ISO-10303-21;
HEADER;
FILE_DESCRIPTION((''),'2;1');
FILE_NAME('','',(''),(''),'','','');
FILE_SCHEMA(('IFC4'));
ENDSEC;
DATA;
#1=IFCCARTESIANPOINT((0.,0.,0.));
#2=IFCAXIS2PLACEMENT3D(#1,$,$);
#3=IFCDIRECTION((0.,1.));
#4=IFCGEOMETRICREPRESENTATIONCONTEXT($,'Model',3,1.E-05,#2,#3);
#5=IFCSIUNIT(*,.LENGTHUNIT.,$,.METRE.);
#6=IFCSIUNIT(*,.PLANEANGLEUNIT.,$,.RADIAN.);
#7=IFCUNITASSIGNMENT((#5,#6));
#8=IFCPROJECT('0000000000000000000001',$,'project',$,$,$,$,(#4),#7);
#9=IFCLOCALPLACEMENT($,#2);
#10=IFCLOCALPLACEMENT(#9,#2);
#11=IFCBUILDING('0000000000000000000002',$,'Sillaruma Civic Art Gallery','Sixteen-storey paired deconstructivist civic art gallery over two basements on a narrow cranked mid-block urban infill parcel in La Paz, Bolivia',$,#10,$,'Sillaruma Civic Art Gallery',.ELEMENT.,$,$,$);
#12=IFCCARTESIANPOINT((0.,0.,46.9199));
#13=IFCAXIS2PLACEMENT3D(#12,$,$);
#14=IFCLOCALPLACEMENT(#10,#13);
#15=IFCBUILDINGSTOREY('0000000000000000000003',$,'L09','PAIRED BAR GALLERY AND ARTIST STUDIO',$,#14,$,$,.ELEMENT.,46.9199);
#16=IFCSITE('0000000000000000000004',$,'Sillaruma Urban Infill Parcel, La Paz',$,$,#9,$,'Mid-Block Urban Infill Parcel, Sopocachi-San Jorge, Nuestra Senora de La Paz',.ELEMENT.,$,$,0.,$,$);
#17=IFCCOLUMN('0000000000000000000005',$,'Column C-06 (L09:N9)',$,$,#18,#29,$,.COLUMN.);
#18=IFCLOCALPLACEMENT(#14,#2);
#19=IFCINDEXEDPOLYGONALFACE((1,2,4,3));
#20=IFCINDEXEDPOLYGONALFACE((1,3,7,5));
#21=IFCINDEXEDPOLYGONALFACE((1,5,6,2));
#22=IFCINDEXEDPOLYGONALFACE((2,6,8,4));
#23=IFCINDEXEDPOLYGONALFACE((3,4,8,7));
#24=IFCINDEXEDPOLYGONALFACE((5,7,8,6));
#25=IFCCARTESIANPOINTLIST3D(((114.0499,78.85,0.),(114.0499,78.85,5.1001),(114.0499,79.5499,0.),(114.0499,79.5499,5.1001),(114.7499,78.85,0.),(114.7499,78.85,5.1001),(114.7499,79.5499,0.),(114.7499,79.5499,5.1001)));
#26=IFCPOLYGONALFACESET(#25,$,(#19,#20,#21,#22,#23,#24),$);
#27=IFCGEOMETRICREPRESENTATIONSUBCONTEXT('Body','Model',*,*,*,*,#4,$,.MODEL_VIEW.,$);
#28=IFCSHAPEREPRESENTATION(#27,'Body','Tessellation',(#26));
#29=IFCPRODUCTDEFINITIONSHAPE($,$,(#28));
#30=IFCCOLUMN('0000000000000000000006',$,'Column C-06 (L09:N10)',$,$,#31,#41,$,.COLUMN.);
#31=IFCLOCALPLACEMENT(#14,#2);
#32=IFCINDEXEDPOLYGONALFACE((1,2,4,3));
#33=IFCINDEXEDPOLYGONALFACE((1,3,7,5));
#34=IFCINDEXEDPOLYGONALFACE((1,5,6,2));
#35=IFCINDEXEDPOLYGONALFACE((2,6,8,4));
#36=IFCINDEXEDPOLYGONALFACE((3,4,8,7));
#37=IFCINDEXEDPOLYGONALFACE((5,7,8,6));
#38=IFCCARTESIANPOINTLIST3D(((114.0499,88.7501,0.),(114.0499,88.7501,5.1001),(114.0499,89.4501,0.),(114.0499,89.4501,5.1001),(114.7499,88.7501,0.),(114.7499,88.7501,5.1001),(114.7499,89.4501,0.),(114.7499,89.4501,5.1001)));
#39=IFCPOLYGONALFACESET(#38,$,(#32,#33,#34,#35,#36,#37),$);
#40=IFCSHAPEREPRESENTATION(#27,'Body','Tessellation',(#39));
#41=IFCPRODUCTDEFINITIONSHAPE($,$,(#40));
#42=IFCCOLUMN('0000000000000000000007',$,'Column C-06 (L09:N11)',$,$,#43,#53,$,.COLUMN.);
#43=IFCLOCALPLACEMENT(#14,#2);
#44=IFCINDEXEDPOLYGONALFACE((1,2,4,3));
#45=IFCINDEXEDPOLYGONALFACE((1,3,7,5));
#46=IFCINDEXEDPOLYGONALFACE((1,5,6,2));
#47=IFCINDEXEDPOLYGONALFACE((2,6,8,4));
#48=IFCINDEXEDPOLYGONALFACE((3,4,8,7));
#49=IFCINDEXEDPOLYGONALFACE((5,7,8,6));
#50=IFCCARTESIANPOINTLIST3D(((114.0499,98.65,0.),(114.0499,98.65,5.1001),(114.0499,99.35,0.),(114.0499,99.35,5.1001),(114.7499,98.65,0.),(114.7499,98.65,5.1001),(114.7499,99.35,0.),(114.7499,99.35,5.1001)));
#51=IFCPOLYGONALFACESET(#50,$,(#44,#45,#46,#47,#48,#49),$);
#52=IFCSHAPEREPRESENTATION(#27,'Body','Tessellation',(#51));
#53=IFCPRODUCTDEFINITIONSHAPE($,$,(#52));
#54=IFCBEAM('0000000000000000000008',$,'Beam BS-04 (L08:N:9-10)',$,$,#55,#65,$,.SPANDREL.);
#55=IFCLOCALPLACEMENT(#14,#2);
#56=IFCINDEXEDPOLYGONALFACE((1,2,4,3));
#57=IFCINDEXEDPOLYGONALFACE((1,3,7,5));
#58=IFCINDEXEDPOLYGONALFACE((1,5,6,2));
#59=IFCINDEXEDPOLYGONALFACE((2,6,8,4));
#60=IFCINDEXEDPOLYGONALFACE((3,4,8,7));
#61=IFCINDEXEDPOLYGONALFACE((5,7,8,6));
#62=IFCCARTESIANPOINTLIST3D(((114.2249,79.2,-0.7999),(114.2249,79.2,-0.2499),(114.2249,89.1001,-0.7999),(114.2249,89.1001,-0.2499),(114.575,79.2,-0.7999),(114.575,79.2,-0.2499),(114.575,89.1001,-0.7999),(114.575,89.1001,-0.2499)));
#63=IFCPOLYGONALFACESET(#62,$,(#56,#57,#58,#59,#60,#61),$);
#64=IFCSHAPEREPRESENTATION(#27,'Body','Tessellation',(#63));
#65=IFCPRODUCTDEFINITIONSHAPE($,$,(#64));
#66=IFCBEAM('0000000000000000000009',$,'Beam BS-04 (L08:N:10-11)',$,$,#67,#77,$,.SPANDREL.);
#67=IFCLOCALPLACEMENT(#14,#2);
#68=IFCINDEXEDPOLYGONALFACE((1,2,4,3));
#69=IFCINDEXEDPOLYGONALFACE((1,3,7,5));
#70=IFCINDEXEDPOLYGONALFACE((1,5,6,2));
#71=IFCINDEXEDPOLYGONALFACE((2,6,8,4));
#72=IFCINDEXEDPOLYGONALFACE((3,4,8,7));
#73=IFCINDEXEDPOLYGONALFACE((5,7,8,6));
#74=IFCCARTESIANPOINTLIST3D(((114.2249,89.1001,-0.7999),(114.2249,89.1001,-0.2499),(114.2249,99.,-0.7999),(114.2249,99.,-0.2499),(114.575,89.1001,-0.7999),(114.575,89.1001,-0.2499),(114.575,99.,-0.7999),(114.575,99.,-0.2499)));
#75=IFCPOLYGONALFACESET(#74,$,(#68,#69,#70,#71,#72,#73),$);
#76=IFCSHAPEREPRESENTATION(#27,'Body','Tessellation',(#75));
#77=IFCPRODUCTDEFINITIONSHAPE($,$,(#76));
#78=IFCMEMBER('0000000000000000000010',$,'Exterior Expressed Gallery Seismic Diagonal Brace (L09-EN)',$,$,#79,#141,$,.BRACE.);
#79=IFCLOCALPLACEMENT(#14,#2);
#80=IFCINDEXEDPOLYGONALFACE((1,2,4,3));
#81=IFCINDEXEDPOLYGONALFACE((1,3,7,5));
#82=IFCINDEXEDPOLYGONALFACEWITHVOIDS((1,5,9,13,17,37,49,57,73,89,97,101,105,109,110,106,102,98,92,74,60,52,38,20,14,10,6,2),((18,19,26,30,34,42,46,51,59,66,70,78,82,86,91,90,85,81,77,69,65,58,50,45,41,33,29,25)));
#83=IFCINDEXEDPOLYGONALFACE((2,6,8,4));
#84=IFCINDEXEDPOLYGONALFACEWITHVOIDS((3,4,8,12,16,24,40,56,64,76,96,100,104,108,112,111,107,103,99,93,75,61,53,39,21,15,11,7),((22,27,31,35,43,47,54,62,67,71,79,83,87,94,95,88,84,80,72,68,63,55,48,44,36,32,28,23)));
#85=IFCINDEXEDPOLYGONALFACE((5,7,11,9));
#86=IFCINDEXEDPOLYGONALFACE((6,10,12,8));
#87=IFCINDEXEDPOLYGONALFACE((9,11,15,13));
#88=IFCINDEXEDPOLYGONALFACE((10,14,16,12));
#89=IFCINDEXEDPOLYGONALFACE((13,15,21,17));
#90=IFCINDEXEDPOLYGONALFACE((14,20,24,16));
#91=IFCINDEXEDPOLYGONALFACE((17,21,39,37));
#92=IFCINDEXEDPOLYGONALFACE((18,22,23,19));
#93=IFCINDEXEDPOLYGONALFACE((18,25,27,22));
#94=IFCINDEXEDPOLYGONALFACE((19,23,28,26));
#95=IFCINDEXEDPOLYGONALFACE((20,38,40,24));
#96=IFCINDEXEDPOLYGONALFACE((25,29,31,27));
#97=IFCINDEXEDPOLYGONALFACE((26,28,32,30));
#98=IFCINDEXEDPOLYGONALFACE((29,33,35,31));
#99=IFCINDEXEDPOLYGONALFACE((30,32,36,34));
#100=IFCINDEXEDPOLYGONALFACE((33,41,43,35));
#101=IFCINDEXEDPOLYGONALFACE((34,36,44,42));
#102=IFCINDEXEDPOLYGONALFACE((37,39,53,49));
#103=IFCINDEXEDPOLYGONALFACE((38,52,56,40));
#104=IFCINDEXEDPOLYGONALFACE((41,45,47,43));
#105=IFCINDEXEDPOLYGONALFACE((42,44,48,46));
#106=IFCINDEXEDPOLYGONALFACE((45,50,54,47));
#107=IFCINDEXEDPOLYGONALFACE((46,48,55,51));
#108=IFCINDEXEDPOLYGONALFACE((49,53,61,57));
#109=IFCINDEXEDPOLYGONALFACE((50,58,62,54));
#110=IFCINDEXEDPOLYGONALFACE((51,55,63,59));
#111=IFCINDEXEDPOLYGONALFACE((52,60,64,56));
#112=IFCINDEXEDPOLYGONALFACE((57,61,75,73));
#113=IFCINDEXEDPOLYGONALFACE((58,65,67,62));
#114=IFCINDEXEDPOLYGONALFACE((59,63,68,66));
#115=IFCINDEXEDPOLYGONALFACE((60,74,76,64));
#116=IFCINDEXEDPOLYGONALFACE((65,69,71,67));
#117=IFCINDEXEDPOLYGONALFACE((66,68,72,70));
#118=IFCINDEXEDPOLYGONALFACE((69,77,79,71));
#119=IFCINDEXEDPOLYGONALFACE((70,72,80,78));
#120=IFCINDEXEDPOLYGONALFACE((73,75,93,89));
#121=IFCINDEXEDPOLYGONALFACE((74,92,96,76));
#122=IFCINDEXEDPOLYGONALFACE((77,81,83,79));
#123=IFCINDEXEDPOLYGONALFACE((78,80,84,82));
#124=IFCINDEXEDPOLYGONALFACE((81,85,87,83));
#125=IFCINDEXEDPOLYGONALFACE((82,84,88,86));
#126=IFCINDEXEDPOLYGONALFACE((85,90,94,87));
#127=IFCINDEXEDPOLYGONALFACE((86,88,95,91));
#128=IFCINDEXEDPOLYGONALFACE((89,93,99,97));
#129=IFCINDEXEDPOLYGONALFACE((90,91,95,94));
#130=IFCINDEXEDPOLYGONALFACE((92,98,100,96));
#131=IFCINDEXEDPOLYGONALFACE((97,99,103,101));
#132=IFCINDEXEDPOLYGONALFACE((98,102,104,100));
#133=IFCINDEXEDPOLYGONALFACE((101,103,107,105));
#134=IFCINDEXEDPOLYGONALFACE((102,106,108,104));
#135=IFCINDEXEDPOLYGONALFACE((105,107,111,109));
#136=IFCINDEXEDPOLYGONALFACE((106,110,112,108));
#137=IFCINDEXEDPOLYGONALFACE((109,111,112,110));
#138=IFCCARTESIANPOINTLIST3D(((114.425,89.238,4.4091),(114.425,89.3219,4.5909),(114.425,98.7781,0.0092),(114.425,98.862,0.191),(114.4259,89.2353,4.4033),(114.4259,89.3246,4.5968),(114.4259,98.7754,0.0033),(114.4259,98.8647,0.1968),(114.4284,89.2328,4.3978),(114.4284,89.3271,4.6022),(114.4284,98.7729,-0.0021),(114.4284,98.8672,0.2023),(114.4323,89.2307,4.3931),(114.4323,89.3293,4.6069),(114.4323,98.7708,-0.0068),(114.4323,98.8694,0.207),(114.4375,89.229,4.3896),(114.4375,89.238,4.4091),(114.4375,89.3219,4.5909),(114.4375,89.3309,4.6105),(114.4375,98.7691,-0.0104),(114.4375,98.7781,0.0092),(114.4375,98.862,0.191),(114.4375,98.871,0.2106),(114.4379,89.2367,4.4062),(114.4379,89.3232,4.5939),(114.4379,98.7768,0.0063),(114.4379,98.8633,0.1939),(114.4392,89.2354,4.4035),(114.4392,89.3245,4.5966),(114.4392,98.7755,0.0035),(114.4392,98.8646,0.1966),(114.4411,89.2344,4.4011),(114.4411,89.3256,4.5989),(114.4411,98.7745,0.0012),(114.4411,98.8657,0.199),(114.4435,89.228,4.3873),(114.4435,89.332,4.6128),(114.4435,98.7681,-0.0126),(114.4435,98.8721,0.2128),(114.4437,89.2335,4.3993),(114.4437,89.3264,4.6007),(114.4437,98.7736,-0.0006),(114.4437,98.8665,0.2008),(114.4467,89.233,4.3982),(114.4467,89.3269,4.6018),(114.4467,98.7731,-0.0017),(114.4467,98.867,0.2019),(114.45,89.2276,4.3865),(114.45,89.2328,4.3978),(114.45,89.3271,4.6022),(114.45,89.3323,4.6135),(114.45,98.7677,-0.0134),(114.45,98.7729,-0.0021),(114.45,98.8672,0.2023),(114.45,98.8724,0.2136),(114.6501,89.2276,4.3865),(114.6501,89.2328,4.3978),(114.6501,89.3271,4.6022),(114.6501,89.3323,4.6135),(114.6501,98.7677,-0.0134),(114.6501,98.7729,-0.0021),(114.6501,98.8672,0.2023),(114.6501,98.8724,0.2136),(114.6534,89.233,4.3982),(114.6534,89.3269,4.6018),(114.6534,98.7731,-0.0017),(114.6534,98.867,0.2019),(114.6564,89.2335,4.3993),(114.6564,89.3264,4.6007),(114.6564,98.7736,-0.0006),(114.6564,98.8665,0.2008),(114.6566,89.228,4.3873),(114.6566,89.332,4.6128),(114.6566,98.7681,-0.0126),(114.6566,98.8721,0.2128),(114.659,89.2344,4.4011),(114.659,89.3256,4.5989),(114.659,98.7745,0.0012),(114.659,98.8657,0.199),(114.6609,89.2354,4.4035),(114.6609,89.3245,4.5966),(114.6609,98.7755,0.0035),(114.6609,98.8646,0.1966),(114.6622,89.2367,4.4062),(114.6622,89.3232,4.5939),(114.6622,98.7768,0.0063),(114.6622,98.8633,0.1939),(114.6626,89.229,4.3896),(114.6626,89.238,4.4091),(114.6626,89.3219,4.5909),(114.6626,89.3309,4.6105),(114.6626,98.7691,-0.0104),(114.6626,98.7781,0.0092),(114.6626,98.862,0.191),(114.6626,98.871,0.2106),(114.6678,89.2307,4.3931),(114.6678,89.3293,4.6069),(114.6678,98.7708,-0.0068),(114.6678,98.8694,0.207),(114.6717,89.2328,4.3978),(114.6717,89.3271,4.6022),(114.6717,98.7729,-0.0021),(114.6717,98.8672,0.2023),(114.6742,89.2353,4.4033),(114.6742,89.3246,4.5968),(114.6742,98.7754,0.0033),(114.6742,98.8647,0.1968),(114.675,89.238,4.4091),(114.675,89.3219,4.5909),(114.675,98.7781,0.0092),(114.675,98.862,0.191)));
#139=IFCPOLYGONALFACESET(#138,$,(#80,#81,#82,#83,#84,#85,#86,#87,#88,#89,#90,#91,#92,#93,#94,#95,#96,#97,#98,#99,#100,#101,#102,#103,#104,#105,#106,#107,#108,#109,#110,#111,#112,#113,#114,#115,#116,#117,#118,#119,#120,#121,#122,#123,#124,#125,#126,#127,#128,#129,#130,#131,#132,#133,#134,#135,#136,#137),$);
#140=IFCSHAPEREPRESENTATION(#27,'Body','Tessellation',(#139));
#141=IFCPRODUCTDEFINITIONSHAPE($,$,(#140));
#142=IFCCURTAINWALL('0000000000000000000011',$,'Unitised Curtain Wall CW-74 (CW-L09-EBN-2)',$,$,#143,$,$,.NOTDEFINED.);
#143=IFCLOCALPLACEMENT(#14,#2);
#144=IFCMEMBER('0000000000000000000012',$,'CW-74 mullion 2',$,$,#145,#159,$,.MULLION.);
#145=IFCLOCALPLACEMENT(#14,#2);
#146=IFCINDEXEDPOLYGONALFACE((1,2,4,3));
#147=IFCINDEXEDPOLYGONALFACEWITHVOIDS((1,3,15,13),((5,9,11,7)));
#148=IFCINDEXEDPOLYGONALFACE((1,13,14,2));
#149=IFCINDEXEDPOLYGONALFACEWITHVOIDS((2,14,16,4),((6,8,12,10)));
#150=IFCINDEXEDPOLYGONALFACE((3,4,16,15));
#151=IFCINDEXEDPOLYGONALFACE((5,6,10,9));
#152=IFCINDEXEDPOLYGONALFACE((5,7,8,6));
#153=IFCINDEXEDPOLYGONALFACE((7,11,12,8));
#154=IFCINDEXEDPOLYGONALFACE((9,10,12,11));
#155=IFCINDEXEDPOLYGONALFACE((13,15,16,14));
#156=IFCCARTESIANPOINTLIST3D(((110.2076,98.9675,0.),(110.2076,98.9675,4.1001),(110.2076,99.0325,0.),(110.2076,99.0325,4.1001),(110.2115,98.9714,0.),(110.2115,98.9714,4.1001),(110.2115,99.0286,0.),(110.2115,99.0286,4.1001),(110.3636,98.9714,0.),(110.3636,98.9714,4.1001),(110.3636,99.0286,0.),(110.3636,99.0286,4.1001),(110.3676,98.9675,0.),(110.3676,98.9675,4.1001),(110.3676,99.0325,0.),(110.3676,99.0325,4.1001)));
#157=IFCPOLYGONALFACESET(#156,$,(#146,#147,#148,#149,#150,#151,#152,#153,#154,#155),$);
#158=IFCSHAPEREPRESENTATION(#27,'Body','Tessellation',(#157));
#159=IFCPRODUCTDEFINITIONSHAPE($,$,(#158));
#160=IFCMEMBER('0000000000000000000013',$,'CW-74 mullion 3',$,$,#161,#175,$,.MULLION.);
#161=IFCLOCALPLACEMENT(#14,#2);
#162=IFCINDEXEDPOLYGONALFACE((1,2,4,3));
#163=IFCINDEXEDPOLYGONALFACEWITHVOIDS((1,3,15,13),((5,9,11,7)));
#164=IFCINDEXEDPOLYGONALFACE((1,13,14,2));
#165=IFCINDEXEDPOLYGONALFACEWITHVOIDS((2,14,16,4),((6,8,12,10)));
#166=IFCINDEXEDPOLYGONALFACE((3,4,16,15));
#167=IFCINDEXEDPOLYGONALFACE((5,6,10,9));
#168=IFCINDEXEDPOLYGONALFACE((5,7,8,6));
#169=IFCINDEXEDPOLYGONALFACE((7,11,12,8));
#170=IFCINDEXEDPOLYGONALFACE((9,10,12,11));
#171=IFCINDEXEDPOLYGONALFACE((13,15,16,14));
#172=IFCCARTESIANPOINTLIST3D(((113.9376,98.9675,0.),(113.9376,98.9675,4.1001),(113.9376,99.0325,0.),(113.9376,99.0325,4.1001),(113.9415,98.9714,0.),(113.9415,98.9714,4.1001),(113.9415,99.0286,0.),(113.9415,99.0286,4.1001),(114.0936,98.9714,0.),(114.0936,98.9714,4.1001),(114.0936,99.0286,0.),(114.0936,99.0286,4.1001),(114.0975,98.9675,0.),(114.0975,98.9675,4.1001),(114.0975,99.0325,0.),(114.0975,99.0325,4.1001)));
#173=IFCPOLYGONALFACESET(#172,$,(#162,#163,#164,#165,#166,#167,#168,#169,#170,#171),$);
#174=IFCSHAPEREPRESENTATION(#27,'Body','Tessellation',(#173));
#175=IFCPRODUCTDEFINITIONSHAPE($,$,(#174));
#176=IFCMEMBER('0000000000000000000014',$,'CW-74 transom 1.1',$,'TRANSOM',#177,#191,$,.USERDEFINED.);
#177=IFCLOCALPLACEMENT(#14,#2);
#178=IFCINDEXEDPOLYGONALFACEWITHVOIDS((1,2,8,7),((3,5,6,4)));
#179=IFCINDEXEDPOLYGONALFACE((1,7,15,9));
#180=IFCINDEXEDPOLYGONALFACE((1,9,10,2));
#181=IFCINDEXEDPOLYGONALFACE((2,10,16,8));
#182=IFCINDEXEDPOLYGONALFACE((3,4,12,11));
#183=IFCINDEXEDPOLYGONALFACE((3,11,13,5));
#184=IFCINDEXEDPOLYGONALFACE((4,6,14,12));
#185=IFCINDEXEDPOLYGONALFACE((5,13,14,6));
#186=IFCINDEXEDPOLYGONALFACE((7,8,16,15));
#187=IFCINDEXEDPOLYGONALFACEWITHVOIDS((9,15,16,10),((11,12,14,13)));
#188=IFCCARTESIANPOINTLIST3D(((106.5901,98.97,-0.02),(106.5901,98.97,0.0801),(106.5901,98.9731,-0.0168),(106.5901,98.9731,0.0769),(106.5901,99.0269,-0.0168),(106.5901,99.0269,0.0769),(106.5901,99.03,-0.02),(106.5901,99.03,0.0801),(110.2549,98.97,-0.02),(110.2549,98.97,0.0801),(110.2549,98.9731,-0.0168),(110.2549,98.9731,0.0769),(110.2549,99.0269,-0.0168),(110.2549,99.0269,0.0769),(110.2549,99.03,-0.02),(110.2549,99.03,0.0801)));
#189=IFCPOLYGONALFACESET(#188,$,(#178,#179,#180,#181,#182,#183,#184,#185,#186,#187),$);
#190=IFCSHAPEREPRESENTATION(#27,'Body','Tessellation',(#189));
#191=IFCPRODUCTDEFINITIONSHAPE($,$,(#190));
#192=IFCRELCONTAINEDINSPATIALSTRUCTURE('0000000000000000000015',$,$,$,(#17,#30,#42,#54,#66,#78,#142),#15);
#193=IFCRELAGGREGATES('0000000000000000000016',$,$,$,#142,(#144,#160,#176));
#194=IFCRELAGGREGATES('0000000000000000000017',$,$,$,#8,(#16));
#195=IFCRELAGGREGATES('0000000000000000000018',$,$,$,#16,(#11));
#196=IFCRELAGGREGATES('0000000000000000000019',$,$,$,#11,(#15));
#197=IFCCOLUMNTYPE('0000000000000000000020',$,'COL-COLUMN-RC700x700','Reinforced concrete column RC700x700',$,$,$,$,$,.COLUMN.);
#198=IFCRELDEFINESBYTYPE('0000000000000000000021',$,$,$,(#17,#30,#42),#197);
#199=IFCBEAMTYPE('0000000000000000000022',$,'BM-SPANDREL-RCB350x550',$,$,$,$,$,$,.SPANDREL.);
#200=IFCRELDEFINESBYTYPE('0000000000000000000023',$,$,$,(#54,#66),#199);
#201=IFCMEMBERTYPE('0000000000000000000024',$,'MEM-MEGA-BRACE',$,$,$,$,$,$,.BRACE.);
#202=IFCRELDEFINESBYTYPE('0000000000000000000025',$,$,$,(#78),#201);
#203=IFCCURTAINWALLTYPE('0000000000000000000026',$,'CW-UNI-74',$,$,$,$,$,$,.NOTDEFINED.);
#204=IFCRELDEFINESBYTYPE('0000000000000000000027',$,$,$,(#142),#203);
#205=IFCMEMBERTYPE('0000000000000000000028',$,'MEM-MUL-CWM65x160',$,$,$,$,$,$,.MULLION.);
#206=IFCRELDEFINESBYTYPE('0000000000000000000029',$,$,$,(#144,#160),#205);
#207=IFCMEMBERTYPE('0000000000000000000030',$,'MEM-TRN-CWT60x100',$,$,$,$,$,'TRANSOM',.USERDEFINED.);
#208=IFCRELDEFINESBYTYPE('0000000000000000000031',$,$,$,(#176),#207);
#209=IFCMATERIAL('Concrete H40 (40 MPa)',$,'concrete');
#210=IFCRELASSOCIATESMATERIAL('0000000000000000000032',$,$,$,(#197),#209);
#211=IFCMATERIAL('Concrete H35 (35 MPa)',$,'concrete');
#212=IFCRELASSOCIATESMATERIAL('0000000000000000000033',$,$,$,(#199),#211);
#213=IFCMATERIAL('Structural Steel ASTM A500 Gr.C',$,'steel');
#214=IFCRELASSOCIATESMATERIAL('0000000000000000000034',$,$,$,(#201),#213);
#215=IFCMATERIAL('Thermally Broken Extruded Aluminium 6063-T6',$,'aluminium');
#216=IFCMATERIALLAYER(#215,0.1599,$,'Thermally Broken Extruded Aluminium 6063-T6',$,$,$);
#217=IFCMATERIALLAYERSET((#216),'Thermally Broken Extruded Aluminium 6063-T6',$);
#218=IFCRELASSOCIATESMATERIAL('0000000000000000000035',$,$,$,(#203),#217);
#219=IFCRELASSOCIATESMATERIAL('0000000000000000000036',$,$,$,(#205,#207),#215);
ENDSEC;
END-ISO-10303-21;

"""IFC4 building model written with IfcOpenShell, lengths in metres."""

from ifc_helpers import new_model, si_unit, direction, frame, origin, origin_2d, place, context, subcontext, project, spatial, rectangle, hollow_rectangle, extrude, material, layer, layer_set, material_profile, profile_set, type_object, element, aggregate, save


model = new_model("IFC4")

# Units and contexts
model_context = context("Model", 3, precision=1e-05, world=origin(), true_north=direction((0.0, 1.0)))
body_context = subcontext(model_context, "Body", "Model", "MODEL_VIEW")
ifc_project = project(units=[si_unit("LENGTHUNIT", "METRE"), si_unit("PLANEANGLEUNIT", "RADIAN")], contexts=[model_context])

# Site, building, storey
site_placement = place(None, origin())
site = spatial("IfcSite", under=ifc_project, at=site_placement, Name="Sillaruma Urban Infill Parcel, La Paz", LongName="Mid-Block Urban Infill Parcel, Sopocachi-San Jorge, Nuestra Senora de La Paz", CompositionType="ELEMENT", RefElevation=0.0)
building_placement = place(site_placement, origin())
building = spatial("IfcBuilding", under=site, at=building_placement, Name="Sillaruma Civic Art Gallery", Description="Sixteen-storey paired deconstructivist civic art gallery over two basements on a narrow cranked mid-block urban infill parcel in La Paz, Bolivia", LongName="Sillaruma Civic Art Gallery", CompositionType="ELEMENT")
storey_placement = place(building_placement, frame((0.0, 0.0, 46.9199)))
storey = spatial("IfcBuildingStorey", under=building, at=storey_placement, Name="L09", Description="PAIRED BAR GALLERY AND ARTIST STUDIO", CompositionType="ELEMENT", Elevation=46.9199)

# Columns
ifc_material_1 = material(Name="Concrete H40 (40 MPa)", Category="concrete")
ifc_material_profile_1 = material_profile(ifc_material_1, rectangle(XDim=0.7, YDim=0.7, at=origin_2d()), Name="RC700x700")
ifc_profile_set_1 = profile_set([ifc_material_profile_1], Name="Concrete H40 (40 MPa)")
column_type = type_object("IfcColumnType", Name="COL-COLUMN-RC700x700", Description="Reinforced concrete column RC700x700", PredefinedType="COLUMN", material=ifc_profile_set_1)
for number, where, z_axis, x_axis, name in (
    (1, (114.3999, 79.2, 0.0), (0.0, 0.0, 1.0), (1.0, 0.0, 0.0), "Column C-06 (L09:N9)"),
    (2, (114.3999, 89.1001, 0.0), (0.0, 0.0, 1.0), (1.0, 0.0, 0.0), "Column C-06 (L09:N10)"),
    (3, (114.3999, 99.0, 0.0), (0.0, 0.0, 1.0), (1.0, 0.0, 0.0), "Column C-06 (L09:N11)"),
):
    element("IfcColumn", number, at=place(storey_placement, frame(where, z_axis=z_axis, x_axis=x_axis)), inside=storey, type_object=column_type, Name=name, PredefinedType="COLUMN", context=body_context, shape_type="SweptSolid", body=[
        extrude(rectangle(XDim=0.7, YDim=0.7, at=origin_2d()), origin(), (0.0, 0.0, 1.0), 5.1001),
    ])

# Beams
ifc_material_2 = material(Name="Concrete H35 (35 MPa)", Category="concrete")
ifc_material_profile_2 = material_profile(ifc_material_2, rectangle(XDim=0.3501, YDim=0.55, at=origin_2d()), Name="RCB350x550")
ifc_profile_set_2 = profile_set([ifc_material_profile_2], Name="Concrete H35 (35 MPa)")
beam_type = type_object("IfcBeamType", Name="BM-SPANDREL-RCB350x550", PredefinedType="SPANDREL", material=ifc_profile_set_2)
beam_1_placement = place(storey_placement, frame((114.3999, 79.2, -0.5249), z_axis=(0.0, 1.0, 0.0), x_axis=(-1.0, 0.0, 0.0)))
element("IfcBeam", 4, at=beam_1_placement, inside=storey, type_object=beam_type, Name="Beam BS-04 (L08:N:9-10)", PredefinedType="SPANDREL", context=body_context, shape_type="SweptSolid", body=[
    extrude(rectangle(XDim=0.3501, YDim=0.55, at=origin_2d()), origin(), (0.0, 0.0, 1.0), 9.9001),
])
beam_2_placement = place(storey_placement, frame((114.3999, 89.1001, -0.5249), z_axis=(0.0, 1.0, 0.0), x_axis=(-1.0, 0.0, 0.0)))
element("IfcBeam", 5, at=beam_2_placement, inside=storey, type_object=beam_type, Name="Beam BS-04 (L08:N:10-11)", PredefinedType="SPANDREL", context=body_context, shape_type="SweptSolid", body=[
    extrude(rectangle(XDim=0.3501, YDim=0.55, at=origin_2d()), origin(), (0.0, 0.0, 1.0), 9.8999),
])

# Member
ifc_material_3 = material(Name="Structural Steel ASTM A500 Gr.C", Category="steel")
ifc_material_profile_3 = material_profile(ifc_material_3, hollow_rectangle(XDim=0.25, YDim=0.25, WallThickness=0.0125, InnerFilletRadius=0.0125, OuterFilletRadius=0.0249, at=origin_2d()), Name="HSS250x250x12.5")
ifc_profile_set_3 = profile_set([ifc_material_profile_3], Name="Structural Steel ASTM A500 Gr.C")
member_type_1 = type_object("IfcMemberType", Name="MEM-MEGA-BRACE", PredefinedType="BRACE", material=ifc_profile_set_3)
member_1_placement = place(storey_placement, frame((114.55, 98.8201, 0.1001), z_axis=(0.0, -0.908075, 0.418808), x_axis=(1.0, 0.0, 0.0)))
element("IfcMember", 6, at=member_1_placement, inside=storey, type_object=member_type_1, Name="Exterior Expressed Gallery Seismic Diagonal Brace (L09-EN)", PredefinedType="BRACE", context=body_context, shape_type="SweptSolid", body=[
    extrude(hollow_rectangle(XDim=0.25, YDim=0.25, WallThickness=0.0125, InnerFilletRadius=0.0125, OuterFilletRadius=0.0249, at=origin_2d()), origin(), (0.0, 0.0, 1.0), 10.5059),
])

# Curtain wall, members
ifc_material_4 = material(Name="Thermally Broken Extruded Aluminium 6063-T6", Category="aluminium")
ifc_layer_1 = layer(ifc_material_4, 0.1599, Name="Thermally Broken Extruded Aluminium 6063-T6")
ifc_layer_set_1 = layer_set([ifc_layer_1], Name="Thermally Broken Extruded Aluminium 6063-T6")
curtain_wall_type = type_object("IfcCurtainWallType", Name="CW-UNI-74", PredefinedType="NOTDEFINED", material=ifc_layer_set_1)
curtain_wall_placement = place(storey_placement, origin())
curtain_wall = element("IfcCurtainWall", 7, at=curtain_wall_placement, inside=storey, type_object=curtain_wall_type, Name="Unitised Curtain Wall CW-74 (CW-L09-EBN-2)", PredefinedType="NOTDEFINED")
ifc_material_profile_4 = material_profile(ifc_material_4, hollow_rectangle(XDim=0.0649, YDim=0.1599, WallThickness=0.0039, at=origin_2d()), Name="CWM65x160")
ifc_profile_set_4 = profile_set([ifc_material_profile_4], Name="Thermally Broken Extruded Aluminium 6063-T6")
member_type_2 = type_object("IfcMemberType", Name="MEM-MUL-CWM65x160", PredefinedType="MULLION", material=ifc_profile_set_4)
member_2_placement = place(storey_placement, frame((110.2876, 99.0, 0.0), z_axis=(0.0, 0.0, 1.0), x_axis=(0.0, 1.0, 0.0)))
member_2 = element("IfcMember", 8, at=member_2_placement, type_object=member_type_2, Name="CW-74 mullion 2", PredefinedType="MULLION", context=body_context, shape_type="SweptSolid", body=[
    extrude(hollow_rectangle(XDim=0.0649, YDim=0.1599, WallThickness=0.0039, at=origin_2d()), origin(), (0.0, 0.0, 1.0), 4.1001),
])
member_3_placement = place(storey_placement, frame((114.0176, 99.0, 0.0), z_axis=(0.0, 0.0, 1.0), x_axis=(0.0, 1.0, 0.0)))
member_3 = element("IfcMember", 9, at=member_3_placement, type_object=member_type_2, Name="CW-74 mullion 3", PredefinedType="MULLION", context=body_context, shape_type="SweptSolid", body=[
    extrude(hollow_rectangle(XDim=0.0649, YDim=0.1599, WallThickness=0.0039, at=origin_2d()), origin(), (0.0, 0.0, 1.0), 4.1001),
])
ifc_material_profile_5 = material_profile(ifc_material_4, hollow_rectangle(XDim=0.0601, YDim=0.1001, WallThickness=0.0032, at=origin_2d()), Name="CWT60x100")
ifc_profile_set_5 = profile_set([ifc_material_profile_5], Name="Thermally Broken Extruded Aluminium 6063-T6")
member_type_3 = type_object("IfcMemberType", Name="MEM-TRN-CWT60x100", ElementType="TRANSOM", PredefinedType="USERDEFINED", material=ifc_profile_set_5)
member_4_placement = place(storey_placement, frame((106.5901, 99.0, 0.03), z_axis=(1.0, 0.0, 0.0), x_axis=(0.0, 1.0, 0.0)))
member_4 = element("IfcMember", 10, at=member_4_placement, type_object=member_type_3, Name="CW-74 transom 1.1", ObjectType="TRANSOM", PredefinedType="USERDEFINED", context=body_context, shape_type="SweptSolid", body=[
    extrude(hollow_rectangle(XDim=0.0601, YDim=0.1001, WallThickness=0.0032, at=origin_2d()), origin(), (0.0, 0.0, 1.0), 3.6648),
])
aggregate(curtain_wall, [member_2, member_3, member_4])

save(model, "model.ifc")
